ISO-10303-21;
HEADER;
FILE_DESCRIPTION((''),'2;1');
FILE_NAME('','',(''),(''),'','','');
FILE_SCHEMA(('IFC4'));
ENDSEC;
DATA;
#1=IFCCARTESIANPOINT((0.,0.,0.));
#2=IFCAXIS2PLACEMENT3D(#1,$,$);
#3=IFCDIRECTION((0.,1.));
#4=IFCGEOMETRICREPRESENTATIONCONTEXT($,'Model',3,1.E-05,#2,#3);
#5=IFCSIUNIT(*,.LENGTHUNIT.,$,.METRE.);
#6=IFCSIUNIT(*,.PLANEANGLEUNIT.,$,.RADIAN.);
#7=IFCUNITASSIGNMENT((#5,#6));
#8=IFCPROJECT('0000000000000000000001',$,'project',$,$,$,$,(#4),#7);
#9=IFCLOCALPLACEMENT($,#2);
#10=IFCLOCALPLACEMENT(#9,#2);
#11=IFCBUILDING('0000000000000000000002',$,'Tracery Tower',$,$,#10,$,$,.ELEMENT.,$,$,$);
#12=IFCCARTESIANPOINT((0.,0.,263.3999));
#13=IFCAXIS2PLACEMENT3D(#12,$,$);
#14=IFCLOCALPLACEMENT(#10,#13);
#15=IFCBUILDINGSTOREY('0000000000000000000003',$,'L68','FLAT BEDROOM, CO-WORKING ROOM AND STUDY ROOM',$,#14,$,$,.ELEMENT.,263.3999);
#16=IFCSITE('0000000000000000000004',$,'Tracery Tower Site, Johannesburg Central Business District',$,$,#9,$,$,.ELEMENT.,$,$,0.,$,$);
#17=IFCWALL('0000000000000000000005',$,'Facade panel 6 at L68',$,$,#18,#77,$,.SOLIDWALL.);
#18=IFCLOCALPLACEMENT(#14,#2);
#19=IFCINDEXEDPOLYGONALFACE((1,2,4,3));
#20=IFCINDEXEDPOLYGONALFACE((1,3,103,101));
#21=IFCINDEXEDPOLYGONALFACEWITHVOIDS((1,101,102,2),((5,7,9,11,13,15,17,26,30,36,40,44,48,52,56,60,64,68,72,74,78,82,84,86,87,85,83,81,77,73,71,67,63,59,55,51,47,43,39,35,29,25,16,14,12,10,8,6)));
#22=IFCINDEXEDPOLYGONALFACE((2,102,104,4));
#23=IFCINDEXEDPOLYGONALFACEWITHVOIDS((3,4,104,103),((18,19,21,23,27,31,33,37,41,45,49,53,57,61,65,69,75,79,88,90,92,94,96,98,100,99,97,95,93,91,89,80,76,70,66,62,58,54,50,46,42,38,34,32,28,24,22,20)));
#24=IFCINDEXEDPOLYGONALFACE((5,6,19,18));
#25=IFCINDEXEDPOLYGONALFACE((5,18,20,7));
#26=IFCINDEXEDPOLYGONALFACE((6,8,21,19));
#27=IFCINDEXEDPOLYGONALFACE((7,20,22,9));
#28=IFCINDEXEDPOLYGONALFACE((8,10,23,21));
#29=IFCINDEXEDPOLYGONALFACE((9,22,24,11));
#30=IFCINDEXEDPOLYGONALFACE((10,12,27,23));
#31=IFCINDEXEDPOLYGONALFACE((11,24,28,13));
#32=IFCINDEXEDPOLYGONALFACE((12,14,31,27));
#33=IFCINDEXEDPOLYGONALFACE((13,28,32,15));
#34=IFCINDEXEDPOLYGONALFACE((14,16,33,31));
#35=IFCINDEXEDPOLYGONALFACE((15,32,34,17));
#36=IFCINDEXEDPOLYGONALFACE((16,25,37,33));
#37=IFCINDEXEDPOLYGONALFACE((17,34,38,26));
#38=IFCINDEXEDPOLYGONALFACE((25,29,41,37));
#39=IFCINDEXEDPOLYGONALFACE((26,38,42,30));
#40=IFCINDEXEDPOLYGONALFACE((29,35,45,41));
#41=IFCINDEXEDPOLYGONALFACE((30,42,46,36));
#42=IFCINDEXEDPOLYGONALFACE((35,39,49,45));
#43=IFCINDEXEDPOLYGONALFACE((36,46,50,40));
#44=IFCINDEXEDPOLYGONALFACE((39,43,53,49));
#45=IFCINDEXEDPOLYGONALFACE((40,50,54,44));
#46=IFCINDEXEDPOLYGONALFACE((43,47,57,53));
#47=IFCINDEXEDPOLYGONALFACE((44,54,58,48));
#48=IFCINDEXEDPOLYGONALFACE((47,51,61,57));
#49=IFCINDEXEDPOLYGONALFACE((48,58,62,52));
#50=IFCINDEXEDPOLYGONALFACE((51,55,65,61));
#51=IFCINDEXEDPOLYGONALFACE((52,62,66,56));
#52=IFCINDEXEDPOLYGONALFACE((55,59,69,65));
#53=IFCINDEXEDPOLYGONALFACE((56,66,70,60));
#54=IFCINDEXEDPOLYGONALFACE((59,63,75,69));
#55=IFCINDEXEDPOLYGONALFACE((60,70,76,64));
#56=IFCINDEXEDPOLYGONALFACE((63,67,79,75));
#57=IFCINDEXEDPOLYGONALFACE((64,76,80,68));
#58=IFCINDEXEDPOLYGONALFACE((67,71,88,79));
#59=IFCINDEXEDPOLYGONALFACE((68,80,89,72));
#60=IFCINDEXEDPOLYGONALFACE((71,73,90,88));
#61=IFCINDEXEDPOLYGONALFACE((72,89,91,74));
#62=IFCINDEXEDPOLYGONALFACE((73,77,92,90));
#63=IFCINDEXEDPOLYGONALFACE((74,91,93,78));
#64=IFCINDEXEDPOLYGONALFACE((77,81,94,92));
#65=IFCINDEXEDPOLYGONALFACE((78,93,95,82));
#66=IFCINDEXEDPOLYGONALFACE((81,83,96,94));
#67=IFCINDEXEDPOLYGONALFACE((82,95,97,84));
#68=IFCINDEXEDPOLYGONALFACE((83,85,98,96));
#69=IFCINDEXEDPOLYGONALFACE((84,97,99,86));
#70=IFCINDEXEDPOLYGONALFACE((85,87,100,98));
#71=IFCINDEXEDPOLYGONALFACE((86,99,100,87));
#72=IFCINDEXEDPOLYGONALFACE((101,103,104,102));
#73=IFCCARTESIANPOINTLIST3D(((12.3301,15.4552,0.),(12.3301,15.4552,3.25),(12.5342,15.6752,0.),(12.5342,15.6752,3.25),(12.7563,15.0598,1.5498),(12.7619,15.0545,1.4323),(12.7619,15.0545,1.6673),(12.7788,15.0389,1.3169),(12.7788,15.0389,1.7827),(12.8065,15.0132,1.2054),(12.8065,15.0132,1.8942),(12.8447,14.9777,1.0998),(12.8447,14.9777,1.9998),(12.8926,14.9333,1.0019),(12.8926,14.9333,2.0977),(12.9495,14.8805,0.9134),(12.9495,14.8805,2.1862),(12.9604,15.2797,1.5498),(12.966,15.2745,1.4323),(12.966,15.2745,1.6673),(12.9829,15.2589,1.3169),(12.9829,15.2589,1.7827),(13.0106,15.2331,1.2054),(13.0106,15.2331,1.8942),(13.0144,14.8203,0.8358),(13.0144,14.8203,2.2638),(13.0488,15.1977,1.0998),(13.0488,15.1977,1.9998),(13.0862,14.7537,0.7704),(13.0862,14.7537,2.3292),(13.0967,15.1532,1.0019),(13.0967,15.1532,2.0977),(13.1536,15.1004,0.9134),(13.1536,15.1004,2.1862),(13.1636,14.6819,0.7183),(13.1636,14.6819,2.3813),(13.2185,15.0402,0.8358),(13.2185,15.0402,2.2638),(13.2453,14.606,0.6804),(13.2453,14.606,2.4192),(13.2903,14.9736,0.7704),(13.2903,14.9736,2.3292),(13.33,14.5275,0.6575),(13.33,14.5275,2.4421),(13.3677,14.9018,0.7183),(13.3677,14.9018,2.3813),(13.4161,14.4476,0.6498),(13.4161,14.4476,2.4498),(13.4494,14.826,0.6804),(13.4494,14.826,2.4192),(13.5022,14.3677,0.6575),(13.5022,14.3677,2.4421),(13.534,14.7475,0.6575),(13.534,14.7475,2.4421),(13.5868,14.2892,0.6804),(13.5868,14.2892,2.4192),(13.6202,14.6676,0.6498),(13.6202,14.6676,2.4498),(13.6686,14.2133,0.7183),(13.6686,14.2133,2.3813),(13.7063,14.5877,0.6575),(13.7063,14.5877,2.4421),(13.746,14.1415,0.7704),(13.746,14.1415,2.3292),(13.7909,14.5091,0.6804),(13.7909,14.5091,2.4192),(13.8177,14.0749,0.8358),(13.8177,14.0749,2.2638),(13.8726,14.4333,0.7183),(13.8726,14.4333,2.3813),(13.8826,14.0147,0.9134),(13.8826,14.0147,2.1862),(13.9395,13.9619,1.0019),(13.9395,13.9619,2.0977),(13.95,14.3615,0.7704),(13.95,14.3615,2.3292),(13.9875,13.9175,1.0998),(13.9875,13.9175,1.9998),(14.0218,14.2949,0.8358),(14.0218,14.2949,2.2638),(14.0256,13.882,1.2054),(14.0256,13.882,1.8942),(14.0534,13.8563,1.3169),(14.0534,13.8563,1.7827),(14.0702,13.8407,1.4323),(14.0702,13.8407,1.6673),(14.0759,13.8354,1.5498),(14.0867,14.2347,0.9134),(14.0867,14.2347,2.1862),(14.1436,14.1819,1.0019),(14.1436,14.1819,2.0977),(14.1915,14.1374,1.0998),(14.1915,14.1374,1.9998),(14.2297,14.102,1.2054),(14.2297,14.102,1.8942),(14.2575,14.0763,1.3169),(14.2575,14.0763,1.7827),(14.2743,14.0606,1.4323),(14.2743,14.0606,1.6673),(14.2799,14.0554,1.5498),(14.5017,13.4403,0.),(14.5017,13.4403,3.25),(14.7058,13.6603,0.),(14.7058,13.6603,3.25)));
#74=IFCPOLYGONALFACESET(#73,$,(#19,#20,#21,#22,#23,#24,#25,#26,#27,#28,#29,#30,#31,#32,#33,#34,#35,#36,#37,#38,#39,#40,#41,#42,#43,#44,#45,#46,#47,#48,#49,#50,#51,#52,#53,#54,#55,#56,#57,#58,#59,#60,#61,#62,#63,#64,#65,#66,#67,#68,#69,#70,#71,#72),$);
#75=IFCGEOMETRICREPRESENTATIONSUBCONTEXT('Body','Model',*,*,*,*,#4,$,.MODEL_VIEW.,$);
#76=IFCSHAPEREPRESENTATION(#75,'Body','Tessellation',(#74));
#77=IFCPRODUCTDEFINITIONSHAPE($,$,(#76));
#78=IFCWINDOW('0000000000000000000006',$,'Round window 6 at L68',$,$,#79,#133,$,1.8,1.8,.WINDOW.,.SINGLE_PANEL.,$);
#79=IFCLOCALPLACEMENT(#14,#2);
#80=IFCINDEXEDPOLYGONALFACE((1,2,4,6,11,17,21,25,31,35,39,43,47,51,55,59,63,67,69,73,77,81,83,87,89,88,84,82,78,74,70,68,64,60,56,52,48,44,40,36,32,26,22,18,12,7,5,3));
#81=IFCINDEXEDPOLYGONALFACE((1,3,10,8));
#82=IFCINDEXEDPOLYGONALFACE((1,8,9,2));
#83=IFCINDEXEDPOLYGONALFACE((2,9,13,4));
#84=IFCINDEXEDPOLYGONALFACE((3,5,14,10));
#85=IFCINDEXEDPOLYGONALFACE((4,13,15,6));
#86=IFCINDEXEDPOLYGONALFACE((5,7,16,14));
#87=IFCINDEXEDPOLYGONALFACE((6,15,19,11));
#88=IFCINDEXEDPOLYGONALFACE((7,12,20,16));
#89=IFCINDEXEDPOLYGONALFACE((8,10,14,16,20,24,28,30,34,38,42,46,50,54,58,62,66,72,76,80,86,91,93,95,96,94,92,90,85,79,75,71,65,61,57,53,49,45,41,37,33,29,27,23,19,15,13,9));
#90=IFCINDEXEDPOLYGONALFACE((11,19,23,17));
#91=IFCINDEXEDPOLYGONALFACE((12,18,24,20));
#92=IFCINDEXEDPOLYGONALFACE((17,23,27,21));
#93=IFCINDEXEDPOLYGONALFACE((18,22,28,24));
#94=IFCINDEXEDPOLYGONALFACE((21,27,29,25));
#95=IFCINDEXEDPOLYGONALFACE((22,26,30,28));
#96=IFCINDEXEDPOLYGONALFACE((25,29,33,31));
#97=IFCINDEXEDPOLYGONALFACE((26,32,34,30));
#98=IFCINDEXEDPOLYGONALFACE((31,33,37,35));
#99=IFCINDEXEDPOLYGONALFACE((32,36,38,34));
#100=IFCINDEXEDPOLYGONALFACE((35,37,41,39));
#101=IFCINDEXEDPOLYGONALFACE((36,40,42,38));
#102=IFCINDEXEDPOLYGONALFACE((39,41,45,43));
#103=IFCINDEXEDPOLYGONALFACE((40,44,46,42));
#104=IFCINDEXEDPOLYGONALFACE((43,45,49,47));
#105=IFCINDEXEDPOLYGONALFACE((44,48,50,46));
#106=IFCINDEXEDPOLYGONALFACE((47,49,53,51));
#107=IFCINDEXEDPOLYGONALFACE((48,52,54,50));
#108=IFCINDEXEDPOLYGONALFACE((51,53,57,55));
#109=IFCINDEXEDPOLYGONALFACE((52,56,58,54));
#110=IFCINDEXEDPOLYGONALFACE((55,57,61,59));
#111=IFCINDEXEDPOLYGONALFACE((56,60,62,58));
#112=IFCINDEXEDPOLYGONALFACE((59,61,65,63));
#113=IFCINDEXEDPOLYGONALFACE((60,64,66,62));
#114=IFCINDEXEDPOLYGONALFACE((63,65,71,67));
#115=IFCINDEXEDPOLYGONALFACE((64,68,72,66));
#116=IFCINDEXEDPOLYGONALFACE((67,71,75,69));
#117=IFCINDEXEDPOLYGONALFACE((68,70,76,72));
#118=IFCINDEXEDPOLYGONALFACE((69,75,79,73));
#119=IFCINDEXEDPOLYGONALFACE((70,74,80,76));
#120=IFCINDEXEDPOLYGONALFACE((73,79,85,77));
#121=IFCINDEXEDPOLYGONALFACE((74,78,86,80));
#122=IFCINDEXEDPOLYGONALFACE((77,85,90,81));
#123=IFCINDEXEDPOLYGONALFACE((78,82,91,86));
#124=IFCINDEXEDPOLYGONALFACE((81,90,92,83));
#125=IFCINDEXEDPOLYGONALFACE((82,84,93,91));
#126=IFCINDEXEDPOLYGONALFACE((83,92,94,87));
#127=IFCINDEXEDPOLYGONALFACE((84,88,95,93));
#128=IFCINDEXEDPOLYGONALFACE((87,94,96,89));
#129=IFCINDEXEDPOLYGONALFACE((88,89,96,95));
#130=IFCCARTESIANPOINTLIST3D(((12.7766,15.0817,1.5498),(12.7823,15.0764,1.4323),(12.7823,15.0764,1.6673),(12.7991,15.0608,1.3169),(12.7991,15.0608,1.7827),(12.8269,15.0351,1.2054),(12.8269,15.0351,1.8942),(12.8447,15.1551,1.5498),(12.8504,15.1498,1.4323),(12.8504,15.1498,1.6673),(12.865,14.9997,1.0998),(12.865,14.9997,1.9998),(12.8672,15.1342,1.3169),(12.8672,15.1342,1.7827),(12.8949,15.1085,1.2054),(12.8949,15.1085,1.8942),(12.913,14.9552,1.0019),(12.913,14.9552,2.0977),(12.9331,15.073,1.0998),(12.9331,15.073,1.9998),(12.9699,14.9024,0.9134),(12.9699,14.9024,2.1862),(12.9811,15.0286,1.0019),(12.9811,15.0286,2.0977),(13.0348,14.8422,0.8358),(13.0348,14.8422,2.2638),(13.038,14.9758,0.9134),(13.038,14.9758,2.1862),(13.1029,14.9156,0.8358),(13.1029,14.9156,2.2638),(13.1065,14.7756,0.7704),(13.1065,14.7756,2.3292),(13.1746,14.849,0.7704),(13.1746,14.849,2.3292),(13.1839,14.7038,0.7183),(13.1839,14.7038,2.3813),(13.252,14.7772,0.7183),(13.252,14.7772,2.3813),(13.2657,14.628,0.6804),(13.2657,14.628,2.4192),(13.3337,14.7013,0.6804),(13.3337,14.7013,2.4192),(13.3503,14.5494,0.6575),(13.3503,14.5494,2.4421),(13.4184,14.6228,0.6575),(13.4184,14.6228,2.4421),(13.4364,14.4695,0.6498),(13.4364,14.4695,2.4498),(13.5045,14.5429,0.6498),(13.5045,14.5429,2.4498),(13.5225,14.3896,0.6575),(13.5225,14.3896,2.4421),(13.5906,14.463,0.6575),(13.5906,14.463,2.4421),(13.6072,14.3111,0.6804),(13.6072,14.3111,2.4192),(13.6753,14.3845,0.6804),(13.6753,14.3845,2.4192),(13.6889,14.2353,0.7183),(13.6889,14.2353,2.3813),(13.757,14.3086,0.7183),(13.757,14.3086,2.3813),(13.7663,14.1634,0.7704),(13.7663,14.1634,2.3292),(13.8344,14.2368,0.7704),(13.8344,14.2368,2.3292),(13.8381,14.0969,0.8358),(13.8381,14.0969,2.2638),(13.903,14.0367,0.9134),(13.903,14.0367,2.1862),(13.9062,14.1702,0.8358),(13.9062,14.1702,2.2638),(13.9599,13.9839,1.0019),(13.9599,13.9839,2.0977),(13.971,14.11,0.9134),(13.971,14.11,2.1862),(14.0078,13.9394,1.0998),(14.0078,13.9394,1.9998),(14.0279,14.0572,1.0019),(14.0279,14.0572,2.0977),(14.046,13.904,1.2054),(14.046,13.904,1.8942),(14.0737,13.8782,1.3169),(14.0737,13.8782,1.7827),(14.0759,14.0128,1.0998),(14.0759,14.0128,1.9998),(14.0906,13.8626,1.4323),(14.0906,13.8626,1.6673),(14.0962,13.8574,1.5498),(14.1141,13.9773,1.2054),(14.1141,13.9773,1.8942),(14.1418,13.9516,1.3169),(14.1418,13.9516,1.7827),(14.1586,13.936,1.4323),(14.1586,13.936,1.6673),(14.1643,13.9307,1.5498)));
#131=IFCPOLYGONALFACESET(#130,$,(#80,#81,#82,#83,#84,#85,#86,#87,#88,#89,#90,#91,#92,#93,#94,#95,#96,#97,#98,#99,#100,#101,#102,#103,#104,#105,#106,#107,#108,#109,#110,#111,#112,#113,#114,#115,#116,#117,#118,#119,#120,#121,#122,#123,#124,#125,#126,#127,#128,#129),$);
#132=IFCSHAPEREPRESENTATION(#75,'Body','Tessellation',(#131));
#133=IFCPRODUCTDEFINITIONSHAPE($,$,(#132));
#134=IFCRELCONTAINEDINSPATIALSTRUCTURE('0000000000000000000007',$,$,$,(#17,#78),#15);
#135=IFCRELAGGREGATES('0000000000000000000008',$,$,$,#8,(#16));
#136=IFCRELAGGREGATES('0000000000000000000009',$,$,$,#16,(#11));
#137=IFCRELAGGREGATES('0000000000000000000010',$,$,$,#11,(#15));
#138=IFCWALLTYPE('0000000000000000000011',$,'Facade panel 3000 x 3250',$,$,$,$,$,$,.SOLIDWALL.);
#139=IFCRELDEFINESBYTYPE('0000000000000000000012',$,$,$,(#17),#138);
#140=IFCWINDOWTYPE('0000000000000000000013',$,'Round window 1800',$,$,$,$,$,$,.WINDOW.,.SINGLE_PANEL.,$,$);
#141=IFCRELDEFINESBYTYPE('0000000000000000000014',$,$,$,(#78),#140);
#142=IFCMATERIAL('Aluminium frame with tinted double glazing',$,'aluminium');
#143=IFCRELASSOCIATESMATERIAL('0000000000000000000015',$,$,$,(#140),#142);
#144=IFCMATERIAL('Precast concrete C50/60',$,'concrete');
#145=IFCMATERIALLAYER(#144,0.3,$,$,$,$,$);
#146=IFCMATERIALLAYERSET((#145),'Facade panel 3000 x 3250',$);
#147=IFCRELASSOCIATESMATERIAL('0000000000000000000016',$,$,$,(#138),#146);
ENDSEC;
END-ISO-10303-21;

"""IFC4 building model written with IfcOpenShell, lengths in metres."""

from ifc_helpers import new_model, si_unit, direction, frame, frame_2d, origin, origin_2d, place, context, subcontext, project, spatial, rectangle, circle, extrude, material, layer, layer_set, type_object, element, fill, save


model = new_model("IFC4")

# Units and contexts
model_context = context("Model", 3, precision=1e-05, world=origin(), true_north=direction((0.0, 1.0)))
body_context = subcontext(model_context, "Body", "Model", "MODEL_VIEW")
ifc_project = project(units=[si_unit("LENGTHUNIT", "METRE"), si_unit("PLANEANGLEUNIT", "RADIAN")], contexts=[model_context])

# Site, building, storey
site_placement = place(None, origin())
site = spatial("IfcSite", under=ifc_project, at=site_placement, Name="Tracery Tower Site, Johannesburg Central Business District", CompositionType="ELEMENT", RefElevation=0.0)
building_placement = place(site_placement, origin())
building = spatial("IfcBuilding", under=site, at=building_placement, Name="Tracery Tower", CompositionType="ELEMENT")
storey_placement = place(building_placement, frame((0.0, 0.0, 263.3999)))
storey = spatial("IfcBuildingStorey", under=building, at=storey_placement, Name="L68", Description="FLAT BEDROOM, CO-WORKING ROOM AND STUDY ROOM", CompositionType="ELEMENT", Elevation=263.3999)

# Wall, opening, window
ifc_material_1 = material(Name="Aluminium frame with tinted double glazing", Category="aluminium")
window_type = type_object("IfcWindowType", Name="Round window 1800", PartitioningType="SINGLE_PANEL", PredefinedType="WINDOW", material=ifc_material_1)
ifc_material_2 = material(Name="Precast concrete C50/60", Category="concrete")
ifc_layer_1 = layer(ifc_material_2, 0.3)
ifc_layer_set_1 = layer_set([ifc_layer_1], Name="Facade panel 3000 x 3250")
wall_type_1 = type_object("IfcWallType", Name="Facade panel 3000 x 3250", PredefinedType="SOLIDWALL", material=ifc_layer_set_1)
wall_1_placement = place(storey_placement, frame((14.6038, 13.5503, 0.0), z_axis=(0.0, 0.0, 1.0), x_axis=(-0.733066, 0.680157, 0.0)))
wall_1 = element("IfcWall", 1, at=wall_1_placement, inside=storey, type_object=wall_type_1, Name="Facade panel 6 at L68", PredefinedType="SOLIDWALL", context=body_context, shape_type="SweptSolid", body=[
    extrude(rectangle(XDim=2.9624, YDim=0.3, at=frame_2d((1.4812, 0.0))), origin(), (0.0, 0.0, 1.0), 3.25),
])
opening_1_placement = place(wall_1_placement, frame((1.481, 0.0, 1.5498)))
opening_1 = element("IfcOpeningElement", 2, at=opening_1_placement, cuts=wall_1, PredefinedType="OPENING", context=body_context, shape_type="SweptSolid", body=[
    extrude(circle(Radius=0.9, at=origin_2d()), frame((0.0, 0.1599, 0.0), z_axis=(0.0, -1.0, 0.0), x_axis=(1.0, 0.0, 0.0)), (0.0, 0.0, 1.0), 0.3201),
])
window_1_placement = place(opening_1_placement, origin())
window_1 = element("IfcWindow", 3, at=window_1_placement, inside=storey, type_object=window_type, Name="Round window 6 at L68", OverallHeight=1.8, OverallWidth=1.8, PartitioningType="SINGLE_PANEL", PredefinedType="WINDOW", context=body_context, shape_type="SweptSolid", body=[
    extrude(circle(Radius=0.9, at=origin_2d()), frame((0.0, 0.1201, 0.0), z_axis=(0.0, -1.0, 0.0), x_axis=(1.0, 0.0, 0.0)), (0.0, 0.0, 1.0), 0.1001),
])
fill(opening_1, window_1)

save(model, "model.ifc")
